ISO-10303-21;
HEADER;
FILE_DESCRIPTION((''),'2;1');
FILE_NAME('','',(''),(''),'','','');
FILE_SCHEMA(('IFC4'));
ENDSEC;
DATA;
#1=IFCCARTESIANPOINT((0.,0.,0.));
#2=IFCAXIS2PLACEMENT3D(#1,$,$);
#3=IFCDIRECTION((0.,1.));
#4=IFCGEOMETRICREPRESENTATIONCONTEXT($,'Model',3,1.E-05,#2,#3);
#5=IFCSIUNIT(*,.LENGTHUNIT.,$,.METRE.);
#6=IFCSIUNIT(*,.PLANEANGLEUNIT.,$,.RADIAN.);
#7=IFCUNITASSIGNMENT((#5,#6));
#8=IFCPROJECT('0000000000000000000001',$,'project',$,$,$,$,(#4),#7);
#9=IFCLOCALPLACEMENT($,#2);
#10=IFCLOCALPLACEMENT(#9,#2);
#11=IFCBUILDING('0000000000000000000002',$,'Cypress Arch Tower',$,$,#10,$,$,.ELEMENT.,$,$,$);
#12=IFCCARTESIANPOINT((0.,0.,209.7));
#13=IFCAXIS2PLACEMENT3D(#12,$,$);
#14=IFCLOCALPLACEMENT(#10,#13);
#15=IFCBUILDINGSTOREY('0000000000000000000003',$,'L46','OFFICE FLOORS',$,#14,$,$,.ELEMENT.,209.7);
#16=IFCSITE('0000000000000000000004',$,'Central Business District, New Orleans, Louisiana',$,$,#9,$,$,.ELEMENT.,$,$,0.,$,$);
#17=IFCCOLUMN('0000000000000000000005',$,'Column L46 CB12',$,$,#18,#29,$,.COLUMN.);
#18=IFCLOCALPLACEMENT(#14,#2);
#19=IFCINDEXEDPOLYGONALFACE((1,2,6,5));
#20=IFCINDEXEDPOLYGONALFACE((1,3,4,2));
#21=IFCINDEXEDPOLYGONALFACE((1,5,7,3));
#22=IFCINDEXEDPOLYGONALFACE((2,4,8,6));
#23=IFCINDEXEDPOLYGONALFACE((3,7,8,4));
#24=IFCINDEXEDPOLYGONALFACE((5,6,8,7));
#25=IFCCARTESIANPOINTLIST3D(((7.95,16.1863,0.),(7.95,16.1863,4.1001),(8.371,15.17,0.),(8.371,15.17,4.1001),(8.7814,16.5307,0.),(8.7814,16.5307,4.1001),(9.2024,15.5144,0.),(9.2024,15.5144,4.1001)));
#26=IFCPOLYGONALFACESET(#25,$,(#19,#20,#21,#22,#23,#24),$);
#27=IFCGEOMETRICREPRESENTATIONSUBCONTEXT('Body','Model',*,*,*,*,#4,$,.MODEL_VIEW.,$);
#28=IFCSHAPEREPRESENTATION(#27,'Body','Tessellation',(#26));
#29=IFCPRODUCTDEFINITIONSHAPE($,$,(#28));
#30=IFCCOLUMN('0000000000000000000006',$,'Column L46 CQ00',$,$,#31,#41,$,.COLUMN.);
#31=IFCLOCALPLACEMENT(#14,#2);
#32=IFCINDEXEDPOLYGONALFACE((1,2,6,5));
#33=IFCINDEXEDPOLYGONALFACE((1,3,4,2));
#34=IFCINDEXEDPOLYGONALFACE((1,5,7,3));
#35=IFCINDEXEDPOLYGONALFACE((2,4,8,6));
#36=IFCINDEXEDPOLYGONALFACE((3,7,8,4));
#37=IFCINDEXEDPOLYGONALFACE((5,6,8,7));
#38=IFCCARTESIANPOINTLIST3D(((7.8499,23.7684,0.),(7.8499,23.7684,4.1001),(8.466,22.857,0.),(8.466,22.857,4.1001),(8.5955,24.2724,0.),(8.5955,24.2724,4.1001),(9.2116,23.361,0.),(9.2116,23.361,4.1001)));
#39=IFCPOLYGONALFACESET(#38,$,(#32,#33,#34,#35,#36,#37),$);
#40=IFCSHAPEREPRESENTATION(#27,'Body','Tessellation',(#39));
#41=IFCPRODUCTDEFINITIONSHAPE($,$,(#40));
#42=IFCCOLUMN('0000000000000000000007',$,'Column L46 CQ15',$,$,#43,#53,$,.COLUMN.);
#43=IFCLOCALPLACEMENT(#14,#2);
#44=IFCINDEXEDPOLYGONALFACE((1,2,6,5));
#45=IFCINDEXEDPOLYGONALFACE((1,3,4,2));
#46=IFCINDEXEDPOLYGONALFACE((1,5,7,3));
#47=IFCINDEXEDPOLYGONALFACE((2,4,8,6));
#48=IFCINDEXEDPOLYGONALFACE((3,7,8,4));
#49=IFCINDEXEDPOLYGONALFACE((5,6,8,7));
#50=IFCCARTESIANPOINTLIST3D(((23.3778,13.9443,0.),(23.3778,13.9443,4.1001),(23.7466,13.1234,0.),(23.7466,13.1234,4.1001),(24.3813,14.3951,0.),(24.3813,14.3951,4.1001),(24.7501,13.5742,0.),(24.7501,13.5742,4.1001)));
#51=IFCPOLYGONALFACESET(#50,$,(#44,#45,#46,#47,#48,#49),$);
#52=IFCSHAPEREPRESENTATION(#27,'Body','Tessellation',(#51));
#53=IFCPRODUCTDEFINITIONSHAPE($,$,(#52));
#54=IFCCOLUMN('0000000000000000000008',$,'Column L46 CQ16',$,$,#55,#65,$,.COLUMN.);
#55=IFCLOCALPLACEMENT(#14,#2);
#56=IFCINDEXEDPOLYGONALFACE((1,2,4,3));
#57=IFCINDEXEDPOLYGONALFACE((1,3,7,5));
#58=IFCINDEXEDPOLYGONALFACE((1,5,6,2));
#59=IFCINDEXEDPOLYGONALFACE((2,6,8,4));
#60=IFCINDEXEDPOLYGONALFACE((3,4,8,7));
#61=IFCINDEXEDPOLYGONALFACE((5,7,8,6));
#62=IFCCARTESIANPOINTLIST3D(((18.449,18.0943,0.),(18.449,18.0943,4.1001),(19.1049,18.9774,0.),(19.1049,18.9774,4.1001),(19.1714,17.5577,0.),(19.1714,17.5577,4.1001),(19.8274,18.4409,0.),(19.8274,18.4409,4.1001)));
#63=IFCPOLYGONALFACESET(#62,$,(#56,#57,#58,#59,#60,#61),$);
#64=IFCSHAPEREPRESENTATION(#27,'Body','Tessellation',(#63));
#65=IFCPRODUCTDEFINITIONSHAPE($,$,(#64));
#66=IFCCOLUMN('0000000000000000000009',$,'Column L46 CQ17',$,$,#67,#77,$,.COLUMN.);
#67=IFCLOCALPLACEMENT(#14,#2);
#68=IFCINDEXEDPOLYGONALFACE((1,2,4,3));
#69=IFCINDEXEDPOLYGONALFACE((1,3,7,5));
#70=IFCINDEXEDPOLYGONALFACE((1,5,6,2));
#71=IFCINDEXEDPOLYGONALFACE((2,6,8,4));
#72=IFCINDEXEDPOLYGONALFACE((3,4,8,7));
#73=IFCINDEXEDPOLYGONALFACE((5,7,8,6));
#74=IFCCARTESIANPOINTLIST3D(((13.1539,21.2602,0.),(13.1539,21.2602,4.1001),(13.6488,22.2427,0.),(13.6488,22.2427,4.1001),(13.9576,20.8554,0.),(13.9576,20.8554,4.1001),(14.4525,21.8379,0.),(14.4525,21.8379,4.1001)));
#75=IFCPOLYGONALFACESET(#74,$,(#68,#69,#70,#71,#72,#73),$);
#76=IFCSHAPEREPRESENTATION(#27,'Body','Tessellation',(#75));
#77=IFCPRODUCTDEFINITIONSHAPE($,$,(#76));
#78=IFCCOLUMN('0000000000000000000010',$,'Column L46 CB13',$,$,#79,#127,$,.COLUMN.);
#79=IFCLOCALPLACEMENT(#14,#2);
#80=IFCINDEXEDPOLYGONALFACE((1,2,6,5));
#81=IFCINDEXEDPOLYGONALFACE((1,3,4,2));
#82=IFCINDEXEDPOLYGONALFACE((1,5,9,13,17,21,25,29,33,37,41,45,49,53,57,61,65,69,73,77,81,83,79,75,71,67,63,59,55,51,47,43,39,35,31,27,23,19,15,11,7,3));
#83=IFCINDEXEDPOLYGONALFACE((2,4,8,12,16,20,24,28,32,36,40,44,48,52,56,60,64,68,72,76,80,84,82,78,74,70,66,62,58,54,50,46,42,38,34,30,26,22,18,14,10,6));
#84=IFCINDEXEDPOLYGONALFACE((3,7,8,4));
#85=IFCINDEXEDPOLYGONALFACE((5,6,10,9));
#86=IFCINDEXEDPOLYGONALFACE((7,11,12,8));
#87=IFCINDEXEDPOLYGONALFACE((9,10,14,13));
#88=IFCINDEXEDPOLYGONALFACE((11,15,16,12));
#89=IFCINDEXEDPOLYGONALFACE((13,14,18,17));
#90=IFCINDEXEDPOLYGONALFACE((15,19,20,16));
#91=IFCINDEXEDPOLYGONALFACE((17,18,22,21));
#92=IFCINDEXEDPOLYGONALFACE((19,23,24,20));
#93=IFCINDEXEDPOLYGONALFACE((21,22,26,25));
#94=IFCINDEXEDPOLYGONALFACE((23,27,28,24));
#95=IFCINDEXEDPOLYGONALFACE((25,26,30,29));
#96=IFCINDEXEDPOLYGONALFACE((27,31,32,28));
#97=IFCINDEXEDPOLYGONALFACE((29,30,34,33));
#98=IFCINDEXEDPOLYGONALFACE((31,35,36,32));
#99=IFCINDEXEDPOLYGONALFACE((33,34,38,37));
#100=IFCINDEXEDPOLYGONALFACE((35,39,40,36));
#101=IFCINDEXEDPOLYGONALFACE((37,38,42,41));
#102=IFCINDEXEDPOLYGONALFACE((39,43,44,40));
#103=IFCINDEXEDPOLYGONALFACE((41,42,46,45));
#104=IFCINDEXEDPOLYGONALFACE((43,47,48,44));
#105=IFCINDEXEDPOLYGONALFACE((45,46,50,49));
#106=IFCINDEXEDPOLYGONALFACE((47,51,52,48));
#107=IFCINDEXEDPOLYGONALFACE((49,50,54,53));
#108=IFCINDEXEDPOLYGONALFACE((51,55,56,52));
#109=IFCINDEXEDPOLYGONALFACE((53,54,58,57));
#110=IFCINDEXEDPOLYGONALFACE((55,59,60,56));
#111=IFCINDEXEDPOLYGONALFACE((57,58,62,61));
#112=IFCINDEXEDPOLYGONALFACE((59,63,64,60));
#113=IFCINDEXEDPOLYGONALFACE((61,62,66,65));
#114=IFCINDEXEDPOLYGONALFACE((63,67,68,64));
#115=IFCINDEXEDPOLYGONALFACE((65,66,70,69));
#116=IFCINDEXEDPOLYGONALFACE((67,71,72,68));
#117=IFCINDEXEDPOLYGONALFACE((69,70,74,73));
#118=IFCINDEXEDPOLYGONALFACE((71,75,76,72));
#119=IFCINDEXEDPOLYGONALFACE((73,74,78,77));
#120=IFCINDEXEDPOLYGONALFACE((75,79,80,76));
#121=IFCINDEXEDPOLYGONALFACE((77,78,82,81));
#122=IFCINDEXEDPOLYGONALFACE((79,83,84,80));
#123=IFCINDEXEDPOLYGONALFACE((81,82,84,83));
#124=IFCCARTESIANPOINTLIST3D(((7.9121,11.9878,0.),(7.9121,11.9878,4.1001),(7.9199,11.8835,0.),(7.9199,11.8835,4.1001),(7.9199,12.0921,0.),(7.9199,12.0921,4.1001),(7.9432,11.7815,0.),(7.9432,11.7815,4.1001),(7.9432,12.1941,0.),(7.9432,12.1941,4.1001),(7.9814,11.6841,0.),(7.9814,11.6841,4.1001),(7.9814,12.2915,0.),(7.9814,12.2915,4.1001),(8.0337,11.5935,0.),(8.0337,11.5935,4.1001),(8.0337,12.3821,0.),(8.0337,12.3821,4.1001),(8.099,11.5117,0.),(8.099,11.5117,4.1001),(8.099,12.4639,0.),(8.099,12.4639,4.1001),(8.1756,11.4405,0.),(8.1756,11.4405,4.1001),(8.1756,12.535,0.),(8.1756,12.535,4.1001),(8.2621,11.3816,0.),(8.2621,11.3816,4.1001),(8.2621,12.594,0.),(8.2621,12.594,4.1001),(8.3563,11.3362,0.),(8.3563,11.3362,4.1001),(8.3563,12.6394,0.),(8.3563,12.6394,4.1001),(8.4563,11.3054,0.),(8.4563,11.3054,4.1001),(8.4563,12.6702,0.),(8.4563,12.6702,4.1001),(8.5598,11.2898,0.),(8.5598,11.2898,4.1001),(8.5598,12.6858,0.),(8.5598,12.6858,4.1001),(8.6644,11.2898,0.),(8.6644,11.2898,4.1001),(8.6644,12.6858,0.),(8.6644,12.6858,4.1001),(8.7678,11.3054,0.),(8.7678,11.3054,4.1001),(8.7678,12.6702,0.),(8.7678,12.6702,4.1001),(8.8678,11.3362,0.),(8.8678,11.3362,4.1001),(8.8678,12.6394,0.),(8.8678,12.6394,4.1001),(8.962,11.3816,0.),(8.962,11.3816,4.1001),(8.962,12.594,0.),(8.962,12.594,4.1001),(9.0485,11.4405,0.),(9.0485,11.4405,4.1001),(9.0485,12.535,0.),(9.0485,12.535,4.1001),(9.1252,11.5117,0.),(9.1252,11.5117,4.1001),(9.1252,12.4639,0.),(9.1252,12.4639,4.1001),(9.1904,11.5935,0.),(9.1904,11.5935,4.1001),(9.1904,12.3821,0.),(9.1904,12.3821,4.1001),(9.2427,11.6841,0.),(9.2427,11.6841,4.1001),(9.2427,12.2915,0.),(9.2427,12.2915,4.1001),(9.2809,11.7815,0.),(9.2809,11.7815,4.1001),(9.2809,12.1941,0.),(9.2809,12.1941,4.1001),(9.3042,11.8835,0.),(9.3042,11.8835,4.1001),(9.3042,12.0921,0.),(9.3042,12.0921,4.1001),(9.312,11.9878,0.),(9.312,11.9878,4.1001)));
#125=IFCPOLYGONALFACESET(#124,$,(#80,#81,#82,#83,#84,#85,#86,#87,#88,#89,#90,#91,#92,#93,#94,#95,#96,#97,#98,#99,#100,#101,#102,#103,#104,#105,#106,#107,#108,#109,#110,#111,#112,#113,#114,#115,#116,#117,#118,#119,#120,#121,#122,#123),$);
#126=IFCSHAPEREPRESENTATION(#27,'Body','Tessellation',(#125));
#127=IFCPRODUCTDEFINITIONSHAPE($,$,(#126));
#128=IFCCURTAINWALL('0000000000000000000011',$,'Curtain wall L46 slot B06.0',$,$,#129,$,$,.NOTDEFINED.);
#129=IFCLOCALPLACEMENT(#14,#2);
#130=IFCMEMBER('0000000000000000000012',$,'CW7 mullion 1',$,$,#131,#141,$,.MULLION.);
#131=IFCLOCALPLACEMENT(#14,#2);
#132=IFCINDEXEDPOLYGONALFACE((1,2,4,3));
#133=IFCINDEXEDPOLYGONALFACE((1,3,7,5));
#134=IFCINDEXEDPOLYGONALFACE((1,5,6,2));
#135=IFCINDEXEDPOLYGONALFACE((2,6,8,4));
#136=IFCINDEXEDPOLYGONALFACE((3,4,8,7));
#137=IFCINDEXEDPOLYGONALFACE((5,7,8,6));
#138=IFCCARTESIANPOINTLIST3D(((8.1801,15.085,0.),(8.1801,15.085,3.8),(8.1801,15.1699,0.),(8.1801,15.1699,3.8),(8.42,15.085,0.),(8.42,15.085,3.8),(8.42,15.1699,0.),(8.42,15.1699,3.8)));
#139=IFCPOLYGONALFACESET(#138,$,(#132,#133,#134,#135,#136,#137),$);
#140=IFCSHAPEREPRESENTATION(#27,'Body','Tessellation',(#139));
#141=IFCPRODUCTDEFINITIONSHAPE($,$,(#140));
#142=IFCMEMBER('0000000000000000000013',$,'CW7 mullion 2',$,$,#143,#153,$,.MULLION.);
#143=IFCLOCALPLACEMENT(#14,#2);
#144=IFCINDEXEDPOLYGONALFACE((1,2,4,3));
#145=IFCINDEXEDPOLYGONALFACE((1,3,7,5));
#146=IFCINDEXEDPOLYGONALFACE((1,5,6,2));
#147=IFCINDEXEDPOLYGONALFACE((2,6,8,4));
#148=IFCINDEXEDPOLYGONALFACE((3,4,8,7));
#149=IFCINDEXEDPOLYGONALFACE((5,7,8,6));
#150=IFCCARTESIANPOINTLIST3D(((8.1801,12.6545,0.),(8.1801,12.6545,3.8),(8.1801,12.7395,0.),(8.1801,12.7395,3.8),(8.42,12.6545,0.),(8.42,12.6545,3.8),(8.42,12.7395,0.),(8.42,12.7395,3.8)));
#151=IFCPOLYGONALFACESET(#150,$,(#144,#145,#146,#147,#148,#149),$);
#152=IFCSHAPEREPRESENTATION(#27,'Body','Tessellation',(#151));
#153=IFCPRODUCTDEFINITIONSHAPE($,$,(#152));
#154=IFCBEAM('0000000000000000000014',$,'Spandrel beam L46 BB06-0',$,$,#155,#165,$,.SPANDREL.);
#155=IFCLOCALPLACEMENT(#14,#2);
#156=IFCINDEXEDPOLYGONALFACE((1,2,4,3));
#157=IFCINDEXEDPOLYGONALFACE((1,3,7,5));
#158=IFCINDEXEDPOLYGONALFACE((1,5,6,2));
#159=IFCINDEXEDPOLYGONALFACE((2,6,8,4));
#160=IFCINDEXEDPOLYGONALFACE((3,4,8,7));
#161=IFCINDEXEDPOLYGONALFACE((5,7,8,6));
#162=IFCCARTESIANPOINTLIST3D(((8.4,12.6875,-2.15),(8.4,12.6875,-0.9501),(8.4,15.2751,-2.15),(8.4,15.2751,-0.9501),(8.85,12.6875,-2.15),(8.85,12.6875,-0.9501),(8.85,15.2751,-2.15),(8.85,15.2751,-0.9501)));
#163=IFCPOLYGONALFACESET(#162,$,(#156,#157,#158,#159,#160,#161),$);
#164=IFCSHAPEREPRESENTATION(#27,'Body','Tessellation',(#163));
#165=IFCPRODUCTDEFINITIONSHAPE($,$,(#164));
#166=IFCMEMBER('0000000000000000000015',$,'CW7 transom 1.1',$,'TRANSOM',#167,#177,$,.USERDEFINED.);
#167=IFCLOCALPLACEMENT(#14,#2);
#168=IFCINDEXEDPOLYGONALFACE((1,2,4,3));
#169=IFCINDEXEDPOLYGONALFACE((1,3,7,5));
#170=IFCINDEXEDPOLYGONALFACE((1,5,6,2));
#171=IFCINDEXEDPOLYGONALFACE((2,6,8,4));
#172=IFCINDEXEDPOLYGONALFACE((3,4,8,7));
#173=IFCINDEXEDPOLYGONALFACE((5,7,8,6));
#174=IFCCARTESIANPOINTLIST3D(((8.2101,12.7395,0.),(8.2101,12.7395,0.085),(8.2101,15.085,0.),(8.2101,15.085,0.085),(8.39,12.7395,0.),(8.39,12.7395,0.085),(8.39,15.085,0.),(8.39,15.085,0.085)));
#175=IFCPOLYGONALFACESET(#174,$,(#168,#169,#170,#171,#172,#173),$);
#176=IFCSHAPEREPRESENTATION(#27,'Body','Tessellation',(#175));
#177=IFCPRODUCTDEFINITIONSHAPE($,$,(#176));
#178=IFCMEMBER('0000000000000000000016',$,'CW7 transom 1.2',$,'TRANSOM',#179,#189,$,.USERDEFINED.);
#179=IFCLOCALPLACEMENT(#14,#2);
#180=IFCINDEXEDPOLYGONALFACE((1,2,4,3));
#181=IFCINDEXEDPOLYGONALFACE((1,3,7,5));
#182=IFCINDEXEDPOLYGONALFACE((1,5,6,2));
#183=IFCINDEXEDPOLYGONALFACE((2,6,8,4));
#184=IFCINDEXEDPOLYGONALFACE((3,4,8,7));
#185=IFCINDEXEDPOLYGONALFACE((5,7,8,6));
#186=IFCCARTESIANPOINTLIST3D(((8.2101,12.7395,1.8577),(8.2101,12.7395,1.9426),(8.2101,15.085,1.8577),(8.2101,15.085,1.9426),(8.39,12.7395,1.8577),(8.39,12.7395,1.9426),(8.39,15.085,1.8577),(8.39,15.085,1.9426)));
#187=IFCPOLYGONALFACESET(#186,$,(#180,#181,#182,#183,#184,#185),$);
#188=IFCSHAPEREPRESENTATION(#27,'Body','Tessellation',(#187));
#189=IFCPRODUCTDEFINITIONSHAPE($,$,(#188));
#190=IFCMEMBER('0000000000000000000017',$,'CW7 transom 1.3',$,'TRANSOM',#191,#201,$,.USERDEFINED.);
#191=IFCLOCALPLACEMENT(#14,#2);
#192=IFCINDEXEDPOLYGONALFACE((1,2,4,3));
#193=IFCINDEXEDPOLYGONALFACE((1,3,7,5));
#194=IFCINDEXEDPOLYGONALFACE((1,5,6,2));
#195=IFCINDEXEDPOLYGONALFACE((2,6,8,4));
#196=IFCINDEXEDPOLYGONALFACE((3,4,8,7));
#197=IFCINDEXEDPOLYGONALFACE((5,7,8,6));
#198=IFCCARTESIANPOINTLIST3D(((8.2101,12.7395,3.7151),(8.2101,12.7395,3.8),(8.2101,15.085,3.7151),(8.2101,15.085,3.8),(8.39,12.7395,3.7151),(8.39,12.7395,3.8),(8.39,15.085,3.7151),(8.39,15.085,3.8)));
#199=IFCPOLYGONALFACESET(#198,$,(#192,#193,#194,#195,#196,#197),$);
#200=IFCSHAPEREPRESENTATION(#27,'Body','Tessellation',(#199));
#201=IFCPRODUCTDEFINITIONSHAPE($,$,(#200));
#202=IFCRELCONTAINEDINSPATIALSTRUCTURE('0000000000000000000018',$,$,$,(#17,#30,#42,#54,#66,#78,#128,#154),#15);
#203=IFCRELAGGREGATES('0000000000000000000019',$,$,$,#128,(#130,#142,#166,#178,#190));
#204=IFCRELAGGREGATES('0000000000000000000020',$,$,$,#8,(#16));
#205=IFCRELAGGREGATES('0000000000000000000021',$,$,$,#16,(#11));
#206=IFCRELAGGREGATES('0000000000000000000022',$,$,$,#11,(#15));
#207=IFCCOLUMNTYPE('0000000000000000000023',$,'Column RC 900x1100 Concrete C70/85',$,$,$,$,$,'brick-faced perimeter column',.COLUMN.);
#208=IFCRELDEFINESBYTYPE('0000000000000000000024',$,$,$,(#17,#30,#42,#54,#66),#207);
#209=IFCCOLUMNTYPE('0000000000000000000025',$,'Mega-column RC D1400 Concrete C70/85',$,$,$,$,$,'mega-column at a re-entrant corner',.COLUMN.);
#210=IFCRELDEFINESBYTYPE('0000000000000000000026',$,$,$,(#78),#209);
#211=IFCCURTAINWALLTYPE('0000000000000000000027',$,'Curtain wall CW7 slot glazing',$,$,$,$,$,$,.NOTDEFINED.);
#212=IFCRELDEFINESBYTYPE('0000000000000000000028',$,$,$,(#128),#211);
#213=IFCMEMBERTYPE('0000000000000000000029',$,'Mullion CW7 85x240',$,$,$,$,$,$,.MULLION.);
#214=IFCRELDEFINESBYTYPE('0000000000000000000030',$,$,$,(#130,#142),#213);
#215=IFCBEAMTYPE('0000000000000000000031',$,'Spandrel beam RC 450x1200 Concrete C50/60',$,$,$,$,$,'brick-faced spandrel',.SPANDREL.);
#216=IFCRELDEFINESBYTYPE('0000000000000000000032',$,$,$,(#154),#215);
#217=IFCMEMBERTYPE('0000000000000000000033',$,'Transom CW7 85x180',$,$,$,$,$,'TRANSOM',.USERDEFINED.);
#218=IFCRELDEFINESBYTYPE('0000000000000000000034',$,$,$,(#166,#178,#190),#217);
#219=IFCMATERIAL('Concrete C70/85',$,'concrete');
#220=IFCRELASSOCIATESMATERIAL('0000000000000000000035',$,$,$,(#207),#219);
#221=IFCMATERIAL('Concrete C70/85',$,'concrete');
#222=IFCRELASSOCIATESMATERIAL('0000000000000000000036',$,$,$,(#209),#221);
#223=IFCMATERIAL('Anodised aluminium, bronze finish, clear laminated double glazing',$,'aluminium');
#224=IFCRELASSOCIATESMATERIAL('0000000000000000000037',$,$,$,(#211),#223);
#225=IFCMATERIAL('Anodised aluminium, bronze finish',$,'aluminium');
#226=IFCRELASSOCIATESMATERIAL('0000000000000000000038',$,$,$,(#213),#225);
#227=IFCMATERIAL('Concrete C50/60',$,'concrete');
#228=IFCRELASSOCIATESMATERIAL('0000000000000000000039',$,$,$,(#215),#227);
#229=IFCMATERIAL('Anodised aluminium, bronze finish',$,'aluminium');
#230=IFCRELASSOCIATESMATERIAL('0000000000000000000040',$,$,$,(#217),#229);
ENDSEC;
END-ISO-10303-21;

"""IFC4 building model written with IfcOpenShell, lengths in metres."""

from ifc_helpers import new_model, si_unit, direction, frame, origin, origin_2d, place, context, subcontext, project, spatial, rectangle, circle, extrude, material, material_profile, profile_set, type_object, element, aggregate, save


model = new_model("IFC4")

# Units and contexts
model_context = context("Model", 3, precision=1e-05, world=origin(), true_north=direction((0.0, 1.0)))
body_context = subcontext(model_context, "Body", "Model", "MODEL_VIEW")
ifc_project = project(units=[si_unit("LENGTHUNIT", "METRE"), si_unit("PLANEANGLEUNIT", "RADIAN")], contexts=[model_context])

# Site, building, storey
site_placement = place(None, origin())
site = spatial("IfcSite", under=ifc_project, at=site_placement, Name="Central Business District, New Orleans, Louisiana", CompositionType="ELEMENT", RefElevation=0.0)
building_placement = place(site_placement, origin())
building = spatial("IfcBuilding", under=site, at=building_placement, Name="Cypress Arch Tower", CompositionType="ELEMENT")
storey_placement = place(building_placement, frame((0.0, 0.0, 209.7)))
storey = spatial("IfcBuildingStorey", under=building, at=storey_placement, Name="L46", Description="OFFICE FLOORS", CompositionType="ELEMENT", Elevation=209.7)

# Columns
ifc_material_1 = material(Name="Concrete C70/85", Category="concrete")
ifc_material_profile_1 = material_profile(ifc_material_1, rectangle(XDim=0.8999, YDim=1.1001, at=origin_2d()), Name="RC 900x1100")
ifc_profile_set_1 = profile_set([ifc_material_profile_1], Name="Concrete C70/85")
column_type_1 = type_object("IfcColumnType", Name="Column RC 900x1100 Concrete C70/85", ElementType="brick-faced perimeter column", PredefinedType="COLUMN", material=ifc_profile_set_1)
for number, where, z_axis, x_axis, name in (
    (1, (8.5762, 15.8503, 0.0), (0.0, 0.0, 1.0), (-0.92388, -0.382683, 0.0), "Column L46 CB12"),
    (2, (8.5308, 23.5647, 0.0), (0.0, 0.0, 1.0), (-0.82847, -0.560034, 0.0), "Column L46 CQ00"),
    (3, (24.064, 13.7593, 0.0), (0.0, 0.0, 1.0), (-0.409765, 0.912191, 0.0), "Column L46 CQ15"),
    (4, (19.1382, 18.2676, 0.0), (0.0, 0.0, 1.0), (-0.802799, 0.59625, 0.0), "Column L46 CQ16"),
    (5, (13.8032, 21.5491, 0.0), (0.0, 0.0, 1.0), (-0.893106, 0.449845, 0.0), "Column L46 CQ17"),
):
    element("IfcColumn", number, at=place(storey_placement, frame(where, z_axis=z_axis, x_axis=x_axis)), inside=storey, type_object=column_type_1, Name=name, PredefinedType="COLUMN", context=body_context, shape_type="SweptSolid", body=[
        extrude(rectangle(XDim=0.8999, YDim=1.1001, at=origin_2d()), origin(), (0.0, 0.0, 1.0), 4.1001),
    ])
ifc_material_2 = material(Name="Concrete C70/85", Category="concrete")
ifc_material_profile_2 = material_profile(ifc_material_2, circle(Radius=0.7, at=origin_2d()), Name="RC D1400")
ifc_profile_set_2 = profile_set([ifc_material_profile_2], Name="Concrete C70/85")
column_type_2 = type_object("IfcColumnType", Name="Mega-column RC D1400 Concrete C70/85", ElementType="mega-column at a re-entrant corner", PredefinedType="COLUMN", material=ifc_profile_set_2)
column_placement = place(storey_placement, frame((8.6121, 11.9878, 0.0), z_axis=(0.0, 0.0, 1.0), x_axis=(1.0, 0.0, 0.0)))
element("IfcColumn", 6, at=column_placement, inside=storey, type_object=column_type_2, Name="Column L46 CB13", PredefinedType="COLUMN", context=body_context, shape_type="SweptSolid", body=[
    extrude(circle(Radius=0.7, at=origin_2d()), origin(), (0.0, 0.0, 1.0), 4.1001),
])

# Curtain wall, members
ifc_material_3 = material(Name="Anodised aluminium, bronze finish, clear laminated double glazing", Category="aluminium")
curtain_wall_type = type_object("IfcCurtainWallType", Name="Curtain wall CW7 slot glazing", PredefinedType="NOTDEFINED", material=ifc_material_3)
curtain_wall_placement = place(storey_placement, origin())
curtain_wall = element("IfcCurtainWall", 7, at=curtain_wall_placement, inside=storey, type_object=curtain_wall_type, Name="Curtain wall L46 slot B06.0", PredefinedType="NOTDEFINED")
ifc_material_4 = material(Name="Anodised aluminium, bronze finish", Category="aluminium")
ifc_material_profile_3 = material_profile(ifc_material_4, rectangle(XDim=0.24, YDim=0.085, at=origin_2d()), Name="Mullion 85x240")
ifc_profile_set_3 = profile_set([ifc_material_profile_3], Name="Anodised aluminium, bronze finish")
member_type_1 = type_object("IfcMemberType", Name="Mullion CW7 85x240", PredefinedType="MULLION", material=ifc_profile_set_3)
member_1_placement = place(storey_placement, frame((8.3, 15.1274, 0.0), z_axis=(0.0, 0.0, 1.0), x_axis=(1.0, 0.0, 0.0)))
member_1 = element("IfcMember", 8, at=member_1_placement, type_object=member_type_1, Name="CW7 mullion 1", PredefinedType="MULLION", context=body_context, shape_type="SweptSolid", body=[
    extrude(rectangle(XDim=0.24, YDim=0.085, at=origin_2d()), origin(), (0.0, 0.0, 1.0), 3.8),
])
member_2_placement = place(storey_placement, frame((8.3, 12.697, 0.0), z_axis=(0.0, 0.0, 1.0), x_axis=(1.0, 0.0, 0.0)))
member_2 = element("IfcMember", 9, at=member_2_placement, type_object=member_type_1, Name="CW7 mullion 2", PredefinedType="MULLION", context=body_context, shape_type="SweptSolid", body=[
    extrude(rectangle(XDim=0.24, YDim=0.085, at=origin_2d()), origin(), (0.0, 0.0, 1.0), 3.8),
])

# Beam
ifc_material_5 = material(Name="Concrete C50/60", Category="concrete")
ifc_material_profile_4 = material_profile(ifc_material_5, rectangle(XDim=0.45, YDim=1.2, at=origin_2d()), Name="RC 450x1200")
ifc_profile_set_4 = profile_set([ifc_material_profile_4], Name="Concrete C50/60")
beam_type = type_object("IfcBeamType", Name="Spandrel beam RC 450x1200 Concrete C50/60", ElementType="brick-faced spandrel", PredefinedType="SPANDREL", material=ifc_profile_set_4)
beam_placement = place(storey_placement, frame((8.625, 15.2751, -1.55), z_axis=(0.0, -1.0, 0.0), x_axis=(1.0, 0.0, 0.0)))
element("IfcBeam", 10, at=beam_placement, inside=storey, type_object=beam_type, Name="Spandrel beam L46 BB06-0", PredefinedType="SPANDREL", context=body_context, shape_type="SweptSolid", body=[
    extrude(rectangle(XDim=0.45, YDim=1.2, at=origin_2d()), origin(), (0.0, 0.0, 1.0), 2.5876),
])

# Members
ifc_material_6 = material(Name="Anodised aluminium, bronze finish", Category="aluminium")
ifc_material_profile_5 = material_profile(ifc_material_6, rectangle(XDim=0.1799, YDim=0.085, at=origin_2d()), Name="Transom 85x180")
ifc_profile_set_5 = profile_set([ifc_material_profile_5], Name="Anodised aluminium, bronze finish")
member_type_2 = type_object("IfcMemberType", Name="Transom CW7 85x180", ElementType="TRANSOM", PredefinedType="USERDEFINED", material=ifc_profile_set_5)
member_3_placement = place(storey_placement, frame((8.3, 15.085, 0.0425), z_axis=(0.0, -1.0, 0.0), x_axis=(1.0, 0.0, 0.0)))
member_3 = element("IfcMember", 11, at=member_3_placement, type_object=member_type_2, Name="CW7 transom 1.1", ObjectType="TRANSOM", PredefinedType="USERDEFINED", context=body_context, shape_type="SweptSolid", body=[
    extrude(rectangle(XDim=0.1799, YDim=0.085, at=origin_2d()), origin(), (0.0, 0.0, 1.0), 2.3455),
])
member_4_placement = place(storey_placement, frame((8.3, 15.085, 1.9001), z_axis=(0.0, -1.0, 0.0), x_axis=(1.0, 0.0, 0.0)))
member_4 = element("IfcMember", 12, at=member_4_placement, type_object=member_type_2, Name="CW7 transom 1.2", ObjectType="TRANSOM", PredefinedType="USERDEFINED", context=body_context, shape_type="SweptSolid", body=[
    extrude(rectangle(XDim=0.1799, YDim=0.085, at=origin_2d()), origin(), (0.0, 0.0, 1.0), 2.3455),
])
member_5_placement = place(storey_placement, frame((8.3, 15.085, 3.7576), z_axis=(0.0, -1.0, 0.0), x_axis=(1.0, 0.0, 0.0)))
member_5 = element("IfcMember", 13, at=member_5_placement, type_object=member_type_2, Name="CW7 transom 1.3", ObjectType="TRANSOM", PredefinedType="USERDEFINED", context=body_context, shape_type="SweptSolid", body=[
    extrude(rectangle(XDim=0.1799, YDim=0.085, at=origin_2d()), origin(), (0.0, 0.0, 1.0), 2.3455),
])

aggregate(curtain_wall, [member_1, member_2, member_3, member_4, member_5])

save(model, "model.ifc")
